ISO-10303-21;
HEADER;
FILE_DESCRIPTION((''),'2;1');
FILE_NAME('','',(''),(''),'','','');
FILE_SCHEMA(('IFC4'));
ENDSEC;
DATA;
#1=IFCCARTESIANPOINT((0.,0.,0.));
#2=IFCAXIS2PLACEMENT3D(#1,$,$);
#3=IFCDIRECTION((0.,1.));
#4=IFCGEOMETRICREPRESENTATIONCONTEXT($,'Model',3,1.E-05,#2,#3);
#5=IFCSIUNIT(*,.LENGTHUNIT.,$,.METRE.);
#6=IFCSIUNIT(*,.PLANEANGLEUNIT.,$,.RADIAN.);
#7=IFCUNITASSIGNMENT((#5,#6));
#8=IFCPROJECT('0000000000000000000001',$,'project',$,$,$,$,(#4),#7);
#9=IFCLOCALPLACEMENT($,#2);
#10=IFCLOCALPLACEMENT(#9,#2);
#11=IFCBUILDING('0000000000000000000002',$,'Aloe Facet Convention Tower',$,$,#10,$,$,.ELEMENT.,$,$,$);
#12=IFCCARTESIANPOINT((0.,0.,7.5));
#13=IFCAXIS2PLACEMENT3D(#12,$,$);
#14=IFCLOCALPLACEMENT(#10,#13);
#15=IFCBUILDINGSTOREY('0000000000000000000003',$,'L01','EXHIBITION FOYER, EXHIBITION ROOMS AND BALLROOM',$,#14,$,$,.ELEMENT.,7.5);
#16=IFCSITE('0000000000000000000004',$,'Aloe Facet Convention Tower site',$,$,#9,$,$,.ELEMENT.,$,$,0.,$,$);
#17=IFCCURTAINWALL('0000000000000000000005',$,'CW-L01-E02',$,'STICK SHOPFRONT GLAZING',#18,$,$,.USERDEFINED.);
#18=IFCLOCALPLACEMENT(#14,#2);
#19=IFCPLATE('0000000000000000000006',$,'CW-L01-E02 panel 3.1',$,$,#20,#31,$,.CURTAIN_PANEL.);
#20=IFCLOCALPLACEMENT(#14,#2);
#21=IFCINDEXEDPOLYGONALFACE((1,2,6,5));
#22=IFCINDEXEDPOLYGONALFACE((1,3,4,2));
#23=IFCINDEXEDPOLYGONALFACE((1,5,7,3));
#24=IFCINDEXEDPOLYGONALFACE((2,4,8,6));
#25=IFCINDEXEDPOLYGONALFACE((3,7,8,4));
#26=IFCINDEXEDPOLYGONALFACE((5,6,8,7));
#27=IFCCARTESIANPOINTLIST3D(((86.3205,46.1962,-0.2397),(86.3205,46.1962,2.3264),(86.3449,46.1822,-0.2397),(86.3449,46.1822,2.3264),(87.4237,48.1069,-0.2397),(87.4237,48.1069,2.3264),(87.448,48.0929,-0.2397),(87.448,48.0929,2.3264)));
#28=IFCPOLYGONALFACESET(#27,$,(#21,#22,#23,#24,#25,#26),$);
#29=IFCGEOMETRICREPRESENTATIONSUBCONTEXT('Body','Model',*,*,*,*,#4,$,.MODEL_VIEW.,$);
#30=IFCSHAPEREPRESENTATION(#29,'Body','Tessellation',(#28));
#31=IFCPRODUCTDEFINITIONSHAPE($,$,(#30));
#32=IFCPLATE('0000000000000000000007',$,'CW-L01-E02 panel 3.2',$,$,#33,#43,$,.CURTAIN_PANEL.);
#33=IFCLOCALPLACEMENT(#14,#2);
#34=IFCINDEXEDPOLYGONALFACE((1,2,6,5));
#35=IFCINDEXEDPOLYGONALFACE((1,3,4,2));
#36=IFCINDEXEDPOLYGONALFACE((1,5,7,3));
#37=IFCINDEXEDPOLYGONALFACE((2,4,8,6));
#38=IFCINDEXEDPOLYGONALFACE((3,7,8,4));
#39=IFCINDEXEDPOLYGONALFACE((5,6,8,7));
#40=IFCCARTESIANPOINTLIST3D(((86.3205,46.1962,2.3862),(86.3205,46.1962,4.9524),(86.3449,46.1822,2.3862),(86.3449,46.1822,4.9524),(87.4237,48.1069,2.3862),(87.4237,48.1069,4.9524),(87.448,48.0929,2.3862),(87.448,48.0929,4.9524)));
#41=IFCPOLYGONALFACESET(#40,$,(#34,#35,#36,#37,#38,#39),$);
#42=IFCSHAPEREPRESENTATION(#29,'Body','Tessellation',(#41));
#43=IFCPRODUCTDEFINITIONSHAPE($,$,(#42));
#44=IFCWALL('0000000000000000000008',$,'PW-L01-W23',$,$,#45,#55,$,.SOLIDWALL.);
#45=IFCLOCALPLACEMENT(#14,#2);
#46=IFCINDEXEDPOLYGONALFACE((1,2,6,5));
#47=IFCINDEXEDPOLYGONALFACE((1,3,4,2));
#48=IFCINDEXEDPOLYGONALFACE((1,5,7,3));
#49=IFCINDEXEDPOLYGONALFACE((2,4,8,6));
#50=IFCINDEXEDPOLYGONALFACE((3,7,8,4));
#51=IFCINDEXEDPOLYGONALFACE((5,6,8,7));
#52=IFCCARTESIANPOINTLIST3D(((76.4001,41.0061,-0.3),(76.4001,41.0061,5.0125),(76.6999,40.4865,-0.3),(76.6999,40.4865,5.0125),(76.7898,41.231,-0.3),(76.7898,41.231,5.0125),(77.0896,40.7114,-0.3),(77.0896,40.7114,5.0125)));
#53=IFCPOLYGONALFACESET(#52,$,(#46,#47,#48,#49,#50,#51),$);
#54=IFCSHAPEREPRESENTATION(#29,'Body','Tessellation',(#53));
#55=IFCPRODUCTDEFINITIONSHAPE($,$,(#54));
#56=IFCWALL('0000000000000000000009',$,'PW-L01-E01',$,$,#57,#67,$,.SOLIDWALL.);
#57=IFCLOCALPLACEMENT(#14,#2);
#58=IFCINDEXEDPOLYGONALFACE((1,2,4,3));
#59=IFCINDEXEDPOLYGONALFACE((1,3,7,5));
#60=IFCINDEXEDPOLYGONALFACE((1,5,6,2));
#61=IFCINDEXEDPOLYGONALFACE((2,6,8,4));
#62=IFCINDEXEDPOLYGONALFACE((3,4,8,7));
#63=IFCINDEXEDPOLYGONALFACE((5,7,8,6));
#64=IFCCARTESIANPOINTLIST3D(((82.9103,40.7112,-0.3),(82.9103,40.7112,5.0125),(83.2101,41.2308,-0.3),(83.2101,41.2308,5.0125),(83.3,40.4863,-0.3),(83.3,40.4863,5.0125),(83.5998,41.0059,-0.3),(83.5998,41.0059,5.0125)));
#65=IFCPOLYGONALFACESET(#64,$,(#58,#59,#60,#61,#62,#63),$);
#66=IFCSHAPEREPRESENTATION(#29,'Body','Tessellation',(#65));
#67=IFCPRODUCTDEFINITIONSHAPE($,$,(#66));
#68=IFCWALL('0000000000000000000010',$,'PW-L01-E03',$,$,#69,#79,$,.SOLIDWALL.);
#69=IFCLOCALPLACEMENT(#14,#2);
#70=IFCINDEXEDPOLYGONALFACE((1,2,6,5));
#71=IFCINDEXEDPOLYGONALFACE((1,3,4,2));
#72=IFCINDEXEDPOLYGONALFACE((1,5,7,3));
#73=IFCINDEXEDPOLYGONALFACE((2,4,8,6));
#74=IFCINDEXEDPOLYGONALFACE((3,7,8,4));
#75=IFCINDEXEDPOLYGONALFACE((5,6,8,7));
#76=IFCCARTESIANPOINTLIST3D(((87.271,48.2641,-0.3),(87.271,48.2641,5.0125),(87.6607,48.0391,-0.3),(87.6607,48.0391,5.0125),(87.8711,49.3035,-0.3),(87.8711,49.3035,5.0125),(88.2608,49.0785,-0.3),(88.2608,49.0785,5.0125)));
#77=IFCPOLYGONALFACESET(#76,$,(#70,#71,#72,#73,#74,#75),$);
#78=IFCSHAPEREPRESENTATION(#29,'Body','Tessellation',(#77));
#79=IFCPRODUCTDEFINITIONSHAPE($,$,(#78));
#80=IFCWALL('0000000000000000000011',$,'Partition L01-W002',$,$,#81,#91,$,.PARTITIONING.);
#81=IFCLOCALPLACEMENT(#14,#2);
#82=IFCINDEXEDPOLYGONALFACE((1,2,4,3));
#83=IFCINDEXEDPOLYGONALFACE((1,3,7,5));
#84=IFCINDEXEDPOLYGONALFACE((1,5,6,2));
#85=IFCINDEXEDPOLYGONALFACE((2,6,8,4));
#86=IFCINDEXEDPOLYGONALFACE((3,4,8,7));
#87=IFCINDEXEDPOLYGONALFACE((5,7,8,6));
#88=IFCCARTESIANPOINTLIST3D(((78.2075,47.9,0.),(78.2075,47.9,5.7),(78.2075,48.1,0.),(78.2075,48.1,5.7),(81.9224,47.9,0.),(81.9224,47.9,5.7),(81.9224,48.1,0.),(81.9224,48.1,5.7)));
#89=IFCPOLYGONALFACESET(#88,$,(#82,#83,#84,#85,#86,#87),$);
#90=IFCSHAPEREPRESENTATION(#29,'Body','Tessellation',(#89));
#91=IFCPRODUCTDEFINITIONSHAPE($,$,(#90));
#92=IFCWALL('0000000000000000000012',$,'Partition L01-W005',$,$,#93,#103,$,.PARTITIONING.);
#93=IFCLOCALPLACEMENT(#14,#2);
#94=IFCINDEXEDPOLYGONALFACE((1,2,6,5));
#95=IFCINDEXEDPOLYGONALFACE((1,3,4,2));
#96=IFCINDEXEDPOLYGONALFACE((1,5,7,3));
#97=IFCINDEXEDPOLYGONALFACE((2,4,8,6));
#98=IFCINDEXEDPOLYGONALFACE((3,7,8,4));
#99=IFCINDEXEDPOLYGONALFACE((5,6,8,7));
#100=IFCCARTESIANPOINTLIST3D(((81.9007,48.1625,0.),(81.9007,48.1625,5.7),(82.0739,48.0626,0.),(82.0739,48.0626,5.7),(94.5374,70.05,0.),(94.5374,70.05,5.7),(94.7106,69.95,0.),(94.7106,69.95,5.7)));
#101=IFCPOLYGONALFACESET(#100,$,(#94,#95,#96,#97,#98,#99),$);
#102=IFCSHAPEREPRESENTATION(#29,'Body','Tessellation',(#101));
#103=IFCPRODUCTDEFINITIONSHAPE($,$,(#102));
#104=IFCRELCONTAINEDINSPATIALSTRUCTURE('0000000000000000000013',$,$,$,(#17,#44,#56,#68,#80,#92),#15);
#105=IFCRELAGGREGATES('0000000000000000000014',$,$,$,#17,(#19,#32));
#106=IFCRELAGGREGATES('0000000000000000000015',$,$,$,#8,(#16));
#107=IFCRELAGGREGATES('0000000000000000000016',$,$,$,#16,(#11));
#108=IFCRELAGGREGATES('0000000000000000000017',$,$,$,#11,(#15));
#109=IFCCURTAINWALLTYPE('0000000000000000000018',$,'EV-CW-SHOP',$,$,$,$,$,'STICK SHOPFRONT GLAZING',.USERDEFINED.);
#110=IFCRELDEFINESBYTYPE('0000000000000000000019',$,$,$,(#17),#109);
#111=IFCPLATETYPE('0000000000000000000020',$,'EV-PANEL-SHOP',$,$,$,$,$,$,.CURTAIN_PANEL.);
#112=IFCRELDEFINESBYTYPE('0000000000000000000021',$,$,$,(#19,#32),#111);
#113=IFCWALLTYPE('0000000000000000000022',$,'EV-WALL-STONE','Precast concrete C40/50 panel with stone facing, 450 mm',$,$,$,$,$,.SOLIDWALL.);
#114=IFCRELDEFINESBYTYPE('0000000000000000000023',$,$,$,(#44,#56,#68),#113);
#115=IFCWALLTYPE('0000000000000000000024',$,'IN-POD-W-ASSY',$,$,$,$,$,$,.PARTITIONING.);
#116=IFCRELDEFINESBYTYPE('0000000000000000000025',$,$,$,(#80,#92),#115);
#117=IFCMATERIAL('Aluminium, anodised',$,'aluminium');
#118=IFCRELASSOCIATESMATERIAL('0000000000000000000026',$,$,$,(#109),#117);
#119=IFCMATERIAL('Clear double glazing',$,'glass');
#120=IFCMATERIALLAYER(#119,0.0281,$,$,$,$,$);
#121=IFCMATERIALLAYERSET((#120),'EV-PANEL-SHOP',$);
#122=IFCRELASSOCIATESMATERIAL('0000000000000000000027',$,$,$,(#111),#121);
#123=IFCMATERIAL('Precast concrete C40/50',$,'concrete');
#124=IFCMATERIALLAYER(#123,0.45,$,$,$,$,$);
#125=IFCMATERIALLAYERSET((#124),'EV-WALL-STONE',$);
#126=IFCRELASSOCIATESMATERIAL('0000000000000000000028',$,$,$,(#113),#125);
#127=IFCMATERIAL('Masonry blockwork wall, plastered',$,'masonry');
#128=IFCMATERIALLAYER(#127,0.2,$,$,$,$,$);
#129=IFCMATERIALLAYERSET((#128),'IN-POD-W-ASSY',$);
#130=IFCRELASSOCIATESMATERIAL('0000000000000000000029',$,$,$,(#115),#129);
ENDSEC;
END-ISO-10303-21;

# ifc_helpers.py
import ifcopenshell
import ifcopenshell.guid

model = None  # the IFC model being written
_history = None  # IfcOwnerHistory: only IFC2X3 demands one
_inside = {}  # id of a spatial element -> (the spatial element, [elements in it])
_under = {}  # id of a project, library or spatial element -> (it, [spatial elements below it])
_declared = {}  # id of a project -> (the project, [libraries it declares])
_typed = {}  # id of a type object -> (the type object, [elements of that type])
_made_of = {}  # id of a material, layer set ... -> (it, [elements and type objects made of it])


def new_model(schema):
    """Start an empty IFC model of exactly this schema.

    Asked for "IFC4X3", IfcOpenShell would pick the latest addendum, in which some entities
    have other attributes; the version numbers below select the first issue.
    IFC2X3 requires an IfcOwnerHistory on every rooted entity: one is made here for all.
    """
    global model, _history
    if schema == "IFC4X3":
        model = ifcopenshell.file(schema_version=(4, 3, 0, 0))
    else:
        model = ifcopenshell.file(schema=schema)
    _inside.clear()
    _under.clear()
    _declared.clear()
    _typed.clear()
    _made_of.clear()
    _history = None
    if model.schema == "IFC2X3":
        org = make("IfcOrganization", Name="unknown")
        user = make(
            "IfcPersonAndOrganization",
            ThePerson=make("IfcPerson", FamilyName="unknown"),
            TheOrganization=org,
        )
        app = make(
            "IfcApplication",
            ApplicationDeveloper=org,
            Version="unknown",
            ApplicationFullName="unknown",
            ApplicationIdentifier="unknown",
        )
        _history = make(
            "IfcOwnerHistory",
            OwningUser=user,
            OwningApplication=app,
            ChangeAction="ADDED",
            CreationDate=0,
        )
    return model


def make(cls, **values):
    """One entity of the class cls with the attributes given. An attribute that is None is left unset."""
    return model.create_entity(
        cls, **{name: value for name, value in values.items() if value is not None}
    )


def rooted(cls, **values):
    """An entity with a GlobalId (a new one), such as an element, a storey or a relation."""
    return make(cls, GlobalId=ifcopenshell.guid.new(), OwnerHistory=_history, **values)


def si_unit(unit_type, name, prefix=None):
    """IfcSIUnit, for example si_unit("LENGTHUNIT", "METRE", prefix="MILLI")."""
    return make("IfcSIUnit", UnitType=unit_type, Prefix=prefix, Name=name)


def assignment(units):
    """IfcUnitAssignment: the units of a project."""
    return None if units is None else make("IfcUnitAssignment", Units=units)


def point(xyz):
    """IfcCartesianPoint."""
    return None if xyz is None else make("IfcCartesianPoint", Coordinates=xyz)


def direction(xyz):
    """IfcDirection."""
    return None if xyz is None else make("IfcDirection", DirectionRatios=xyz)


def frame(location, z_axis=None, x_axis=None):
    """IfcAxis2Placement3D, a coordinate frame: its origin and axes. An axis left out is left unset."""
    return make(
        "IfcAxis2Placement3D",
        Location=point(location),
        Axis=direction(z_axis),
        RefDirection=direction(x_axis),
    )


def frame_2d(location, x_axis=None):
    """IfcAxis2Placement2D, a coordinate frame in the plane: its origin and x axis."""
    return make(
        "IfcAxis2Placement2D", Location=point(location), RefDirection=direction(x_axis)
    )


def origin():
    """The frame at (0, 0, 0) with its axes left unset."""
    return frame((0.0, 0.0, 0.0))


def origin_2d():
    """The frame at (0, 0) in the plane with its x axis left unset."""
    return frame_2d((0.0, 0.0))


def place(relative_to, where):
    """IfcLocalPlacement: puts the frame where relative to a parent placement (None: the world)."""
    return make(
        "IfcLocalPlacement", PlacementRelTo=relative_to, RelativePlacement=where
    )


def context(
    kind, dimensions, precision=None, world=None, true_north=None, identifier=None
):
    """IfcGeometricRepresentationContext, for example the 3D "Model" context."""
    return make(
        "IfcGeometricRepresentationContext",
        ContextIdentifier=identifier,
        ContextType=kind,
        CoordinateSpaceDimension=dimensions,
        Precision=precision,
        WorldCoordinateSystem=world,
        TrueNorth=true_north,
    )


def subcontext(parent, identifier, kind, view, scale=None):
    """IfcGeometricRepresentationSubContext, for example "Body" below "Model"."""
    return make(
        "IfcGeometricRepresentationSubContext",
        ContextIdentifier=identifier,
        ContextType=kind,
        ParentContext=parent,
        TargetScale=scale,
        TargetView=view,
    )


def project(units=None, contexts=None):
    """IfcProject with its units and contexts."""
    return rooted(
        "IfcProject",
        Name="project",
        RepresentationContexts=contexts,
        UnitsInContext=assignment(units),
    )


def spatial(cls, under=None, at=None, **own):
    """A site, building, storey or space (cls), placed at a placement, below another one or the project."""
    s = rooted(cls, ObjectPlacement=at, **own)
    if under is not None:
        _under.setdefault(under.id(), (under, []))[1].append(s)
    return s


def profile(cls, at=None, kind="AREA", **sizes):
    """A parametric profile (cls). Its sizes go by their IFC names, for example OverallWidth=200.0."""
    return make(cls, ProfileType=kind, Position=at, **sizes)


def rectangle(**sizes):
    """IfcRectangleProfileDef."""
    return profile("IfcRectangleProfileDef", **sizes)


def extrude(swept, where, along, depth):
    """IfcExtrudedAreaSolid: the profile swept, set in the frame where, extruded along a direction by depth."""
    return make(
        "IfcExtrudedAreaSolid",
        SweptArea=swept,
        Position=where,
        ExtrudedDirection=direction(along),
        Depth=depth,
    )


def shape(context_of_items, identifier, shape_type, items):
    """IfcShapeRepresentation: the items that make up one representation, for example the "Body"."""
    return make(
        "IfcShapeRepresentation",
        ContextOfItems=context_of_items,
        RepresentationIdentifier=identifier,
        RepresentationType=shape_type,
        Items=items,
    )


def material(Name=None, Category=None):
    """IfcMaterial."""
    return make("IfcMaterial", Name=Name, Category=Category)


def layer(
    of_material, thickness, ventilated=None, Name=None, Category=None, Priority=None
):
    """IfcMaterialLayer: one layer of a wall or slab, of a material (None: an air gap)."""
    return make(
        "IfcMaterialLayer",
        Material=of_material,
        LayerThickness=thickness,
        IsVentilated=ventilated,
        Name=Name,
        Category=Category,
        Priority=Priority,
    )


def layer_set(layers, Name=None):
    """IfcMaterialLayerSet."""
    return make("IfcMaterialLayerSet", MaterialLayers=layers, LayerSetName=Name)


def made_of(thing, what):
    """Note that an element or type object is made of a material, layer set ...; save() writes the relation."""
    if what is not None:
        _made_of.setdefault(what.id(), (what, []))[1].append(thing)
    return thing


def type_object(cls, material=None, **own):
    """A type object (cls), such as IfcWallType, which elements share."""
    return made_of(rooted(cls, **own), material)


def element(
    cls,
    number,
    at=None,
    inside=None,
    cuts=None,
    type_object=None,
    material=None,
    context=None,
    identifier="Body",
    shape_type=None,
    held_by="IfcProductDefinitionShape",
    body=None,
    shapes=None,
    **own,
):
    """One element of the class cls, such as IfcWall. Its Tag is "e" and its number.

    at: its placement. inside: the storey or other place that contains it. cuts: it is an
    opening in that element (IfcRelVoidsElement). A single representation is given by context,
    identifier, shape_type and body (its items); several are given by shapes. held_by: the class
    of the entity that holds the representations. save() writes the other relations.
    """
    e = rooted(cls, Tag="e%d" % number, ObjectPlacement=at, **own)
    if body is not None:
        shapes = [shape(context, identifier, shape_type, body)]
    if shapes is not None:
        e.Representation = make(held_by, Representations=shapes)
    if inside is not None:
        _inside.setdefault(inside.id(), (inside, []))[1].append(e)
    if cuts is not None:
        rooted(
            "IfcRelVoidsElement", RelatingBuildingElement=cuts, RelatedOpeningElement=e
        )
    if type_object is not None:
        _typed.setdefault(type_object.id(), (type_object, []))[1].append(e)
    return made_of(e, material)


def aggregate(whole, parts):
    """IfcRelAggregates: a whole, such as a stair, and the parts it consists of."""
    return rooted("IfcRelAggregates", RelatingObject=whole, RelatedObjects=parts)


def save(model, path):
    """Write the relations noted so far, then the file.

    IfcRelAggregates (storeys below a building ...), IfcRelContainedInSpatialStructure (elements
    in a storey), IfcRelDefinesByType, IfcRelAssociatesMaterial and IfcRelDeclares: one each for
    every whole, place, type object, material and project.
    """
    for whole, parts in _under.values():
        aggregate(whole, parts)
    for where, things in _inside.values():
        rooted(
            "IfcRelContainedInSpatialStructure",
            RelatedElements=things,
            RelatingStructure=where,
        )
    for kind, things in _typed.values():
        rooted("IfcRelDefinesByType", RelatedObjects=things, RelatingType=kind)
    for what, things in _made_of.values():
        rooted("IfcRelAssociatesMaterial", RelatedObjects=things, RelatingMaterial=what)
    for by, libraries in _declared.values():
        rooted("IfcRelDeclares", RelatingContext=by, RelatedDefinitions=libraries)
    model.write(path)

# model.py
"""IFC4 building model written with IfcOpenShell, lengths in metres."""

from ifc_helpers import new_model, si_unit, direction, frame, frame_2d, origin, origin_2d, place, context, subcontext, project, spatial, rectangle, extrude, material, layer, layer_set, type_object, element, aggregate, save


model = new_model("IFC4")

# Units and contexts
model_context = context("Model", 3, precision=1e-05, world=origin(), true_north=direction((0.0, 1.0)))
body_context = subcontext(model_context, "Body", "Model", "MODEL_VIEW")
ifc_project = project(units=[si_unit("LENGTHUNIT", "METRE"), si_unit("PLANEANGLEUNIT", "RADIAN")], contexts=[model_context])

# Site, building, storey
site_placement = place(None, origin())
site = spatial("IfcSite", under=ifc_project, at=site_placement, Name="Aloe Facet Convention Tower site", CompositionType="ELEMENT", RefElevation=0.0)
building_placement = place(site_placement, origin())
building = spatial("IfcBuilding", under=site, at=building_placement, Name="Aloe Facet Convention Tower", CompositionType="ELEMENT")
storey_placement = place(building_placement, frame((0.0, 0.0, 7.5)))
storey = spatial("IfcBuildingStorey", under=building, at=storey_placement, Name="L01", Description="EXHIBITION FOYER, EXHIBITION ROOMS AND BALLROOM", CompositionType="ELEMENT", Elevation=7.5)

# Curtain wall
ifc_material_1 = material(Name="Aluminium, anodised", Category="aluminium")
curtain_wall_type = type_object("IfcCurtainWallType", Name="EV-CW-SHOP", ElementType="STICK SHOPFRONT GLAZING", PredefinedType="USERDEFINED", material=ifc_material_1)
curtain_wall_placement = place(storey_placement, origin())
curtain_wall = element("IfcCurtainWall", 1, at=curtain_wall_placement, inside=storey, type_object=curtain_wall_type, Name="CW-L01-E02", ObjectType="STICK SHOPFRONT GLAZING", PredefinedType="USERDEFINED")

# Plates
ifc_material_2 = material(Name="Clear double glazing", Category="glass")
ifc_layer_1 = layer(ifc_material_2, 0.0281)
ifc_layer_set_1 = layer_set([ifc_layer_1], Name="EV-PANEL-SHOP")
plate_type = type_object("IfcPlateType", Name="EV-PANEL-SHOP", PredefinedType="CURTAIN_PANEL", material=ifc_layer_set_1)
plate_1_placement = place(storey_placement, frame((86.8843, 47.1445, -0.2397), z_axis=(0.0, 0.0, 1.0), x_axis=(0.5, 0.866025, 0.0)))
plate_1 = element("IfcPlate", 2, at=plate_1_placement, type_object=plate_type, Name="CW-L01-E02 panel 3.1", PredefinedType="CURTAIN_PANEL", context=body_context, shape_type="SweptSolid", body=[
    extrude(rectangle(XDim=2.2063, YDim=0.0281, at=origin_2d()), origin(), (0.0, 0.0, 1.0), 2.5662),
])
plate_2_placement = place(storey_placement, frame((86.8843, 47.1445, 2.3862), z_axis=(0.0, 0.0, 1.0), x_axis=(0.5, 0.866025, 0.0)))
plate_2 = element("IfcPlate", 3, at=plate_2_placement, type_object=plate_type, Name="CW-L01-E02 panel 3.2", PredefinedType="CURTAIN_PANEL", context=body_context, shape_type="SweptSolid", body=[
    extrude(rectangle(XDim=2.2063, YDim=0.0281, at=origin_2d()), origin(), (0.0, 0.0, 1.0), 2.5662),
])
aggregate(curtain_wall, [plate_1, plate_2])

# Walls
ifc_material_3 = material(Name="Precast concrete C40/50", Category="concrete")
ifc_layer_2 = layer(ifc_material_3, 0.45)
ifc_layer_set_2 = layer_set([ifc_layer_2], Name="EV-WALL-STONE")
wall_type_1 = type_object("IfcWallType", Name="EV-WALL-STONE", Description="Precast concrete C40/50 panel with stone facing, 450 mm", PredefinedType="SOLIDWALL", material=ifc_layer_set_2)
for number, where, z_axis, x_axis, name in (
    (4, (76.595, 41.1184, -0.3), (0.0, 0.0, 1.0), (0.499816, -0.866131, 0.0), "PW-L01-W23"),
    (5, (83.1052, 40.5989, -0.3), (0.0, 0.0, 1.0), (0.499816, 0.866131, 0.0), "PW-L01-E01"),
):
    element("IfcWall", number, at=place(storey_placement, frame(where, z_axis=z_axis, x_axis=x_axis)), inside=storey, type_object=wall_type_1, Name=name, PredefinedType="SOLIDWALL", context=body_context, shape_type="SweptSolid", body=[
        extrude(rectangle(XDim=0.5999, YDim=0.45, at=frame_2d((0.2998, 0.0))), origin(), (0.0, 0.0, 1.0), 5.3125),
    ])
wall_1_placement = place(storey_placement, frame((87.4658, 48.1516, -0.3), z_axis=(0.0, 0.0, 1.0), x_axis=(0.500034, 0.866006, 0.0)))
element("IfcWall", 6, at=wall_1_placement, inside=storey, type_object=wall_type_1, Name="PW-L01-E03", PredefinedType="SOLIDWALL", context=body_context, shape_type="SweptSolid", body=[
    extrude(rectangle(XDim=1.2002, YDim=0.45, at=frame_2d((0.6001, 0.0))), origin(), (0.0, 0.0, 1.0), 5.3125),
])
ifc_material_4 = material(Name="Masonry blockwork wall, plastered", Category="masonry")
ifc_layer_3 = layer(ifc_material_4, 0.2)
ifc_layer_set_3 = layer_set([ifc_layer_3], Name="IN-POD-W-ASSY")
wall_type_2 = type_object("IfcWallType", Name="IN-POD-W-ASSY", PredefinedType="PARTITIONING", material=ifc_layer_set_3)
wall_2_placement = place(storey_placement, frame((78.2075, 48.0, 0.0), z_axis=(0.0, 0.0, 1.0), x_axis=(1.0, 0.0, 0.0)))
element("IfcWall", 7, at=wall_2_placement, inside=storey, type_object=wall_type_2, Name="Partition L01-W002", PredefinedType="PARTITIONING", context=body_context, shape_type="SweptSolid", body=[
    extrude(rectangle(XDim=3.7148, YDim=0.2, at=frame_2d((1.8574, 0.0))), origin(), (0.0, 0.0, 1.0), 5.7),
])
wall_3_placement = place(storey_placement, frame((81.9873, 48.1125, 0.0), z_axis=(0.0, 0.0, 1.0), x_axis=(0.5, 0.866026, 0.0)))
element("IfcWall", 8, at=wall_3_placement, inside=storey, type_object=wall_type_2, Name="Partition L01-W005", PredefinedType="PARTITIONING", context=body_context, shape_type="SweptSolid", body=[
    extrude(rectangle(XDim=25.2734, YDim=0.2, at=frame_2d((12.6367, 0.0))), origin(), (0.0, 0.0, 1.0), 5.7),
])

save(model, "model.ifc")
